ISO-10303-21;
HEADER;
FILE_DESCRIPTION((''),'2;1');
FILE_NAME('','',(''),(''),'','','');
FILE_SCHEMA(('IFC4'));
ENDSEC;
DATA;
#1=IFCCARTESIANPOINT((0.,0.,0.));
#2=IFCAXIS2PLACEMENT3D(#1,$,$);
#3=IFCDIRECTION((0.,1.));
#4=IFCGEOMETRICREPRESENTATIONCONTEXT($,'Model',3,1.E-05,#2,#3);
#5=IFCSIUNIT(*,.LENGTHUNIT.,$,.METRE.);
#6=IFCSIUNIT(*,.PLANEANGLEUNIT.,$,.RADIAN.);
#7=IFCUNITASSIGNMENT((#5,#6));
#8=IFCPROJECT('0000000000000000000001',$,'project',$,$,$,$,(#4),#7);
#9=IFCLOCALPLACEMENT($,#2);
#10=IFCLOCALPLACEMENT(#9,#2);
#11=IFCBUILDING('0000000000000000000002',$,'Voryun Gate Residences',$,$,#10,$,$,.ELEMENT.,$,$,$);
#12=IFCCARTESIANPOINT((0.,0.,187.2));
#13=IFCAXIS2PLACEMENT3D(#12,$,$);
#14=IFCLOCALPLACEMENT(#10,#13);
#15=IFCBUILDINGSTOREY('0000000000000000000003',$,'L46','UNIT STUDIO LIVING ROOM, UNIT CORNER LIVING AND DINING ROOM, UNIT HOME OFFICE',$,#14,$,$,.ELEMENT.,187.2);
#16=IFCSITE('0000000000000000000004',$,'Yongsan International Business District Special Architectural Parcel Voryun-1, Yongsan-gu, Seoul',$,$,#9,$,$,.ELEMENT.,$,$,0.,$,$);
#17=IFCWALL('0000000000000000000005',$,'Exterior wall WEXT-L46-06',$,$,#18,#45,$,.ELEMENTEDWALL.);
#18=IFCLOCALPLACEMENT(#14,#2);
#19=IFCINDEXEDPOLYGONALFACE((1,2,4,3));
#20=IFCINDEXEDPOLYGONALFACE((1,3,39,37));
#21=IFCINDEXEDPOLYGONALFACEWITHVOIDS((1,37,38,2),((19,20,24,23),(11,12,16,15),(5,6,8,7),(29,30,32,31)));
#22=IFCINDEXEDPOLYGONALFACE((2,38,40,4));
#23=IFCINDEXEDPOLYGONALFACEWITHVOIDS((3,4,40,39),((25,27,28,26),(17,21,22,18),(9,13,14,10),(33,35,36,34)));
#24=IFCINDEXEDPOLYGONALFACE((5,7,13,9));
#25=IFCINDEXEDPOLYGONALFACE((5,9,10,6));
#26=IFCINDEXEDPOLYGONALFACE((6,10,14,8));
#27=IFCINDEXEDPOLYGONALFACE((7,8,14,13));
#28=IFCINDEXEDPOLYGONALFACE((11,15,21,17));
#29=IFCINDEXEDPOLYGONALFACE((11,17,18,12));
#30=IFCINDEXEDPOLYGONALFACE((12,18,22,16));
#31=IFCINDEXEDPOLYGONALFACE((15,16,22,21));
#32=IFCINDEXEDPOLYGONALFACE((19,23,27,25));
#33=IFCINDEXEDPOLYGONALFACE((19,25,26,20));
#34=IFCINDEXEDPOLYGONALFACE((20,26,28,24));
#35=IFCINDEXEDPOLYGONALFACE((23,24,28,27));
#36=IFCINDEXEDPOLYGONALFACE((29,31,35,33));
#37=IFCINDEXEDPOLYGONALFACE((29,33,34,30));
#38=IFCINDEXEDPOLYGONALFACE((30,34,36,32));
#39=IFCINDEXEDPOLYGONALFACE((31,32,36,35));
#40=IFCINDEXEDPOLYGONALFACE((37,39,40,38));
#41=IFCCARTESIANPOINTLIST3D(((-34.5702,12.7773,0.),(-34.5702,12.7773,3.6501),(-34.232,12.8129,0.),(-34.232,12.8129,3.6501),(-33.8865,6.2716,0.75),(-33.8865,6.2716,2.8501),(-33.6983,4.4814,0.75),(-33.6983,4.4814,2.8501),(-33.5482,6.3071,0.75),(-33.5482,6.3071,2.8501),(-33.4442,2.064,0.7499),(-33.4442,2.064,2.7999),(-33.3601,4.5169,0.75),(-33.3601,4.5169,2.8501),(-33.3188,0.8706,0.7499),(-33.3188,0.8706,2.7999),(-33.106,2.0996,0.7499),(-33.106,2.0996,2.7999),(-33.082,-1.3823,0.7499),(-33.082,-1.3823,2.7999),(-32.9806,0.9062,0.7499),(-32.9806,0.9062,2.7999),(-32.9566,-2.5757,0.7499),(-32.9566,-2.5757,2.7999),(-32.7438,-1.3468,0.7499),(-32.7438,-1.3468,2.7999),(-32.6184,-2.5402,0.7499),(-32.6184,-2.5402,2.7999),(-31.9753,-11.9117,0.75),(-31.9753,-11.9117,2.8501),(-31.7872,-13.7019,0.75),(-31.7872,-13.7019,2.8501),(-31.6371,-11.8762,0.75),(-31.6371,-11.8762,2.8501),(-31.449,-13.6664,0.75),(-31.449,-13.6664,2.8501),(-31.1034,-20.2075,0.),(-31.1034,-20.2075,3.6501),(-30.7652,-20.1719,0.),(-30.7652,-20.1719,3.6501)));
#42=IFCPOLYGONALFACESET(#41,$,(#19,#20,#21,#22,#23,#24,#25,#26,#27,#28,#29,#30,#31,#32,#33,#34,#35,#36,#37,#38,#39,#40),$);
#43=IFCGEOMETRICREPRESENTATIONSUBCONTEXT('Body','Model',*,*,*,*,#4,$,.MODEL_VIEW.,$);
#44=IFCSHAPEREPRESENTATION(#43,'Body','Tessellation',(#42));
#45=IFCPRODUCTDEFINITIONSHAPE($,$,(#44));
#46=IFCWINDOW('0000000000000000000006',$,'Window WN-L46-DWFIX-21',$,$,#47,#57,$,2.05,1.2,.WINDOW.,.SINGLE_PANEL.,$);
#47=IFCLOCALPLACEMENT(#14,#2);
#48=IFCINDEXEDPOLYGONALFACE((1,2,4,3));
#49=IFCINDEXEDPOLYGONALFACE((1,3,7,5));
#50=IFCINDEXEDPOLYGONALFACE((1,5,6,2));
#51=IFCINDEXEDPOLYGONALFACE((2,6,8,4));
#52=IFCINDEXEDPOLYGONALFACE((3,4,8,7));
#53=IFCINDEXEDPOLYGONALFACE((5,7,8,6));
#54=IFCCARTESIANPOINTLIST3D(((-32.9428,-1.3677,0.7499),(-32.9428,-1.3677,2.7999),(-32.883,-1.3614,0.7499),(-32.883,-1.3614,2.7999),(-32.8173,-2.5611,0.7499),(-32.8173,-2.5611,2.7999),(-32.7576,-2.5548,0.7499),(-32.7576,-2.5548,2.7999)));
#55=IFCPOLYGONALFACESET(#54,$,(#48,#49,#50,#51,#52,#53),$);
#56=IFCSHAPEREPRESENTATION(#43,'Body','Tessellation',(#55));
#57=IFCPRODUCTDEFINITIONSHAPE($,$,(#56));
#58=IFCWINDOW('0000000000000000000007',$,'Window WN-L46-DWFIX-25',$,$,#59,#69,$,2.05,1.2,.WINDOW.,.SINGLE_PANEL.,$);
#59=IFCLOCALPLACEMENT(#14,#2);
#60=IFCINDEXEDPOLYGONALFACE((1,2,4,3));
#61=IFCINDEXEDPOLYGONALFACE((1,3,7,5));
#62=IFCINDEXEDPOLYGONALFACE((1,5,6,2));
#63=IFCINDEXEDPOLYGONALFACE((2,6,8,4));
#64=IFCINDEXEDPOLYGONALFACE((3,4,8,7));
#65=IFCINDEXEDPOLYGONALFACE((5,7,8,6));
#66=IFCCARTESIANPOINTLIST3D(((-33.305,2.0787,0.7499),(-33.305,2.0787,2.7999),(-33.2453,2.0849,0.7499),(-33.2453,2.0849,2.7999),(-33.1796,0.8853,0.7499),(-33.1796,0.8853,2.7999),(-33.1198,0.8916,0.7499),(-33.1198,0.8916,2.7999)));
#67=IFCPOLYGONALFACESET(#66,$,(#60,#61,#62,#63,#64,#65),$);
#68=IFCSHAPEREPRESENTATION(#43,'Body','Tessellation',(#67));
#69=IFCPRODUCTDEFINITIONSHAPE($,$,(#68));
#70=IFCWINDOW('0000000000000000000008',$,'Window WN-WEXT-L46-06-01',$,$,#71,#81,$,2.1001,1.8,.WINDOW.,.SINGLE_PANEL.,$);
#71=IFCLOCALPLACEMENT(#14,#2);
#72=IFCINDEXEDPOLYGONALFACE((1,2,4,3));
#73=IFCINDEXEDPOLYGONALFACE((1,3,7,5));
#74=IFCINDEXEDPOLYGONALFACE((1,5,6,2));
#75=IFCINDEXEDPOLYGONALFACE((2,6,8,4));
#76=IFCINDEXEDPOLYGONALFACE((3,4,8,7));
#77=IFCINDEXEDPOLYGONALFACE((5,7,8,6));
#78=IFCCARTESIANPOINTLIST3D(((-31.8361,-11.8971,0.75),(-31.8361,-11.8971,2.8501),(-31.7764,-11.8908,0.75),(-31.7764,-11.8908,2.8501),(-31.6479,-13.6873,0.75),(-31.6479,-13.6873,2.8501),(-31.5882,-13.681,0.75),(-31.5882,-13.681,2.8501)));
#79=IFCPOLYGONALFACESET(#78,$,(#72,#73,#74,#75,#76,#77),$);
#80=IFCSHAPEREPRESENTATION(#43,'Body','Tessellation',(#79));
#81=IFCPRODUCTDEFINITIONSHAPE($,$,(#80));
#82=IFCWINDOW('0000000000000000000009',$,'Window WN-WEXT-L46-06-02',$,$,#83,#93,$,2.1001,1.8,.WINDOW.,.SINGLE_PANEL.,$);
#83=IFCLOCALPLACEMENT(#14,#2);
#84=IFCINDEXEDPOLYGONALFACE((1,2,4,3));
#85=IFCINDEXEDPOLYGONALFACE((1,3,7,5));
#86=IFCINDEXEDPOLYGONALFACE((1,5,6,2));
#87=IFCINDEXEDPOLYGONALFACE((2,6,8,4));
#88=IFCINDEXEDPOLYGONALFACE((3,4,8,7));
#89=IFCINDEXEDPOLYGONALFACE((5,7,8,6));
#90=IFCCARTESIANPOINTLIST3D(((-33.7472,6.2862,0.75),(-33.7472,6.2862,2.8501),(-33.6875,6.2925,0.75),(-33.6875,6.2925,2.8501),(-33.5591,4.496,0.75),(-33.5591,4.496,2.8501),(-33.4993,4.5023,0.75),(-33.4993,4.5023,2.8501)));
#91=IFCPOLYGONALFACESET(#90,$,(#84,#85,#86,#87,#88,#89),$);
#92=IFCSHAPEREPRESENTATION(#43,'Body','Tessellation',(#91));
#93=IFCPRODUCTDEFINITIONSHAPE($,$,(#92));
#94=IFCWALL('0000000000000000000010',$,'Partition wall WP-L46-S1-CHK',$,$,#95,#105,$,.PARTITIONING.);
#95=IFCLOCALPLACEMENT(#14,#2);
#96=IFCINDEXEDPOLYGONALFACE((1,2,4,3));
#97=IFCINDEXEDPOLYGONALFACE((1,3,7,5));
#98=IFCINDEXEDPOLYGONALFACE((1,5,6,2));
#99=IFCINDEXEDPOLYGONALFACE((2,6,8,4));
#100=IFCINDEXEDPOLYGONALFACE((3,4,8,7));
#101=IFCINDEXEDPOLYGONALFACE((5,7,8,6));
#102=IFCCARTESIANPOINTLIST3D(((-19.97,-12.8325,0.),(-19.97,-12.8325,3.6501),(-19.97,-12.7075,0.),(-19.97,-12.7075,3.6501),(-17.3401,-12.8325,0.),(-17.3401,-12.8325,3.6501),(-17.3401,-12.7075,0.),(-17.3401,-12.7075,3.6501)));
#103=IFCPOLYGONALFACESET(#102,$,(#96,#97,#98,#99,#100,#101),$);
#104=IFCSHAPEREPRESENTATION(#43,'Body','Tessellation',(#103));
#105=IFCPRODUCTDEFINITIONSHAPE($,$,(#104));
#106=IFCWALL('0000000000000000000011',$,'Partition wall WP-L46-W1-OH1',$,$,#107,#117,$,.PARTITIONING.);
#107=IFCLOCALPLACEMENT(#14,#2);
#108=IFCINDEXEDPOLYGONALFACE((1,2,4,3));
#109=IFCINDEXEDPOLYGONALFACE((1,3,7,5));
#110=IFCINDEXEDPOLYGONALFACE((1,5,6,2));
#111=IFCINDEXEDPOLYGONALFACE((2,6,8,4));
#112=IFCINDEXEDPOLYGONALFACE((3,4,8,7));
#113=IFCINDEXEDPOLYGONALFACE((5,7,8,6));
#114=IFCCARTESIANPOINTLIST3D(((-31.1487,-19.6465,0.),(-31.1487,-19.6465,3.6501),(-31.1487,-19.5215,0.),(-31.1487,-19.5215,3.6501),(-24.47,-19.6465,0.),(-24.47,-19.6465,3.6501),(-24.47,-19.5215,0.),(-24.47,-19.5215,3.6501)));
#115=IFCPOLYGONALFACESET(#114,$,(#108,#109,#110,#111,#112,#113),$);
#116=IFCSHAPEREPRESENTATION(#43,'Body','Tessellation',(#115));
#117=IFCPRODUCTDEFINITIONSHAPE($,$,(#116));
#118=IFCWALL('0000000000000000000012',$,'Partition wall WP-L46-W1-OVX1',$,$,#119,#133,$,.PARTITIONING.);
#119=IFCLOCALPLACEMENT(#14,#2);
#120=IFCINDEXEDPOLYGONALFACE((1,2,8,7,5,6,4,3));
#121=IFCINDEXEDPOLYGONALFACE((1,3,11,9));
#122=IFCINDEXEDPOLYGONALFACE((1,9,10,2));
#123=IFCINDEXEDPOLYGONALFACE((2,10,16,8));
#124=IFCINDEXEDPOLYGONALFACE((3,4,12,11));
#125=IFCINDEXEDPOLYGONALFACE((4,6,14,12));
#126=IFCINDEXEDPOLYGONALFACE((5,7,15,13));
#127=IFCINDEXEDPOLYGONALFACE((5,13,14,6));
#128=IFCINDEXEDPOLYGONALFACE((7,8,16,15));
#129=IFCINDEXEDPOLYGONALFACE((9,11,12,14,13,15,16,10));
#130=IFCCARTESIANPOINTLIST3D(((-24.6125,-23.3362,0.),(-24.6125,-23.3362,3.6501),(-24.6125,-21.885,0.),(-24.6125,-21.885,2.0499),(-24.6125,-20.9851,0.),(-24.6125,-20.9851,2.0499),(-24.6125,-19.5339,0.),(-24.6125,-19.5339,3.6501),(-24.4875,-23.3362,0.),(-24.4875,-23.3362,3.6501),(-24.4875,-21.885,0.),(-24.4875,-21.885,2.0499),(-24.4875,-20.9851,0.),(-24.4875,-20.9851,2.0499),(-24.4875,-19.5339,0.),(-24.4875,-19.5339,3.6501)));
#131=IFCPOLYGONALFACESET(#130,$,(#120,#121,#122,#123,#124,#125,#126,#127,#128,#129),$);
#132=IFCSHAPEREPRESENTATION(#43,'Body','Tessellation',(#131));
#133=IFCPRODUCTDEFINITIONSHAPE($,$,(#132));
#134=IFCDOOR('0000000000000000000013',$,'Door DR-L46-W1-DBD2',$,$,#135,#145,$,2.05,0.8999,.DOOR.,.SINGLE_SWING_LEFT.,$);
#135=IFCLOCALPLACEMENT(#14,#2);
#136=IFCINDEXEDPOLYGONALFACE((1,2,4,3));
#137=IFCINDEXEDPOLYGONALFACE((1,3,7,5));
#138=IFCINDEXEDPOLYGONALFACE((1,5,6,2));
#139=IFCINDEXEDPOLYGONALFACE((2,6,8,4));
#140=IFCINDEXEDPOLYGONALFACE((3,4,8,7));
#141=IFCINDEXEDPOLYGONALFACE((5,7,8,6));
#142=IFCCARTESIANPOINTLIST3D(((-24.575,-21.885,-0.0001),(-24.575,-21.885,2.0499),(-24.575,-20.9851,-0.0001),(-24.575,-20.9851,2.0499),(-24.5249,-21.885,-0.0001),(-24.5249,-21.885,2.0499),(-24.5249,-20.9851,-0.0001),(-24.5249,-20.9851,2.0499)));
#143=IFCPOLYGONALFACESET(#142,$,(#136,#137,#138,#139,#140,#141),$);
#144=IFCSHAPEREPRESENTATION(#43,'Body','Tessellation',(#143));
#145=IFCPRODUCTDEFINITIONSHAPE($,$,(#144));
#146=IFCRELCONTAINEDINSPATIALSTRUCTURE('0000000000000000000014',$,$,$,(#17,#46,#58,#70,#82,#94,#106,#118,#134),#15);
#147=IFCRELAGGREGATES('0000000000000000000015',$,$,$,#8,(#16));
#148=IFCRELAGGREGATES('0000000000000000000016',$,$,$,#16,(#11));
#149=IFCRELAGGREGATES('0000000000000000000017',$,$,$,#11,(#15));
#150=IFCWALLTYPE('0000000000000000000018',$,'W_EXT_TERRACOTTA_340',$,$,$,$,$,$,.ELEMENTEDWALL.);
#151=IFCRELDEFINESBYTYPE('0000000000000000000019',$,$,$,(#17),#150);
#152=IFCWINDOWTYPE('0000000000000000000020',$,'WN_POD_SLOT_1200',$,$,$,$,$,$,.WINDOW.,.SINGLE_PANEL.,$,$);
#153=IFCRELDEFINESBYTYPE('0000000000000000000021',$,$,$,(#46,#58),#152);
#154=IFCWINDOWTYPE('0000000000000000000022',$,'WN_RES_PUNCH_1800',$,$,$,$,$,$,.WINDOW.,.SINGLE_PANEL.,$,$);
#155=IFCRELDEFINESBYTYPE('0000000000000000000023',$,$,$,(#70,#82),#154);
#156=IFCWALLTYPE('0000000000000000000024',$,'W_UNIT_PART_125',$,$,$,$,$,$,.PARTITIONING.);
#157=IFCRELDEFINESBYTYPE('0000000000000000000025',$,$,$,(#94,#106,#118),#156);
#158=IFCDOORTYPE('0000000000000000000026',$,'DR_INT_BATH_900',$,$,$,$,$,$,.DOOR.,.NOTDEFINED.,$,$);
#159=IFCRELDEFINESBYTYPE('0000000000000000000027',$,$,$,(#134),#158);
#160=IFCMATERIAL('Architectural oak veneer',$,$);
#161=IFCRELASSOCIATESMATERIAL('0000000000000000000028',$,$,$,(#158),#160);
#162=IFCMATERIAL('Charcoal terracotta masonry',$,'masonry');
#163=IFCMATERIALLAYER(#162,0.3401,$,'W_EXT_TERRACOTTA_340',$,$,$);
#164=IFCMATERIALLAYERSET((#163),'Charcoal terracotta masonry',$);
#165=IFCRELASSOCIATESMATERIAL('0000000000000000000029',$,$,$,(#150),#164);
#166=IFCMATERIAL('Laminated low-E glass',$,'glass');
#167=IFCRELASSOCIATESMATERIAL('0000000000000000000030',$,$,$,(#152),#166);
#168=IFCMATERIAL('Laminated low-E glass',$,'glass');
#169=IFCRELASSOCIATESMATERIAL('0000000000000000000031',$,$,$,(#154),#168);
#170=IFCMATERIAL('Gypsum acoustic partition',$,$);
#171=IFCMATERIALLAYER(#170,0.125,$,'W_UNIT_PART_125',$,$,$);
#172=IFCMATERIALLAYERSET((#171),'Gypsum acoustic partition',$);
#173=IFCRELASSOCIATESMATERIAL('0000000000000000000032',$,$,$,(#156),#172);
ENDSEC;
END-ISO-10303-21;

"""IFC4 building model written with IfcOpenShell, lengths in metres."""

from ifc_helpers import new_model, si_unit, direction, frame, frame_2d, origin, place, context, subcontext, project, spatial, rectangle, extrude, material, layer, layer_set, type_object, element, fill, save


model = new_model("IFC4")

# Units and contexts
model_context = context("Model", 3, precision=1e-05, world=origin(), true_north=direction((0.0, 1.0)))
body_context = subcontext(model_context, "Body", "Model", "MODEL_VIEW")
ifc_project = project(units=[si_unit("LENGTHUNIT", "METRE"), si_unit("PLANEANGLEUNIT", "RADIAN")], contexts=[model_context])

# Site, building, storey
site_placement = place(None, origin())
site = spatial("IfcSite", under=ifc_project, at=site_placement, Name="Yongsan International Business District Special Architectural Parcel Voryun-1, Yongsan-gu, Seoul", CompositionType="ELEMENT", RefElevation=0.0)
building_placement = place(site_placement, origin())
building = spatial("IfcBuilding", under=site, at=building_placement, Name="Voryun Gate Residences", CompositionType="ELEMENT")
storey_placement = place(building_placement, frame((0.0, 0.0, 187.2)))
storey = spatial("IfcBuildingStorey", under=building, at=storey_placement, Name="L46", Description="UNIT STUDIO LIVING ROOM, UNIT CORNER LIVING AND DINING ROOM, UNIT HOME OFFICE", CompositionType="ELEMENT", Elevation=187.2)

# Shared definitions
ifc_material_1 = material(Name="Architectural oak veneer")
door_type_1 = type_object("IfcDoorType", Name="DR_INT_BATH_900", OperationType="NOTDEFINED", PredefinedType="DOOR", material=ifc_material_1)

# Shared definitions
ifc_material_2 = material(Name="Charcoal terracotta masonry", Category="masonry")
ifc_layer_1 = layer(ifc_material_2, 0.3401, Name="W_EXT_TERRACOTTA_340")
ifc_layer_set_1 = layer_set([ifc_layer_1], Name="Charcoal terracotta masonry")
wall_type_1 = type_object("IfcWallType", Name="W_EXT_TERRACOTTA_340", PredefinedType="ELEMENTEDWALL", material=ifc_layer_set_1)

# Wall, openings, windows
wall_1_placement = place(storey_placement, frame((-30.9343, -20.1897, 0.0), z_axis=(0.0, 0.0, 1.0), x_axis=(-0.104527, 0.994522, 0.0)))
wall_1 = element("IfcWall", 1, at=wall_1_placement, inside=storey, type_object=wall_type_1, Name="Exterior wall WEXT-L46-06", PredefinedType="ELEMENTEDWALL", context=body_context, shape_type="SweptSolid", body=[
    extrude(rectangle(XDim=33.1665, YDim=0.3401, at=frame_2d((16.5833, 0.0))), origin(), (0.0, 0.0, 1.0), 3.6501),
])
opening_1_placement = place(wall_1_placement, frame((6.5415, 0.0, 0.75)))
opening_1 = element("IfcOpeningElement", 2, at=opening_1_placement, cuts=wall_1, PredefinedType="OPENING", context=body_context, shape_type="SweptSolid", body=[
    extrude(rectangle(XDim=1.8, YDim=2.1001, at=frame_2d((0.8999, 1.05))), frame((0.0, 0.1799, 0.0), z_axis=(0.0, -1.0, 0.0), x_axis=(1.0, 0.0, 0.0)), (0.0, 0.0, 1.0), 0.3601),
])
opening_2_placement = place(wall_1_placement, frame((24.825, 0.0, 0.75)))
opening_2 = element("IfcOpeningElement", 3, at=opening_2_placement, cuts=wall_1, PredefinedType="OPENING", context=body_context, shape_type="SweptSolid", body=[
    extrude(rectangle(XDim=1.8, YDim=2.1001, at=frame_2d((0.8999, 1.05))), frame((0.0, 0.1799, 0.0), z_axis=(0.0, -1.0, 0.0), x_axis=(1.0, 0.0, 0.0)), (0.0, 0.0, 1.0), 0.3601),
])
opening_3_placement = place(wall_1_placement, frame((17.7288, 0.0, 0.75)))
opening_3 = element("IfcOpeningElement", 4, at=opening_3_placement, cuts=wall_1, PredefinedType="OPENING", context=body_context, shape_type="SweptSolid", body=[
    extrude(rectangle(XDim=1.2, YDim=2.05, at=frame_2d((0.6001, 1.0249))), frame((0.0, 0.1799, 0.0), z_axis=(0.0, -1.0, 0.0), x_axis=(1.0, 0.0, 0.0)), (0.0, 0.0, 1.0), 0.3601),
])
opening_4_placement = place(wall_1_placement, frame((21.1941, 0.0, 0.75)))
opening_4 = element("IfcOpeningElement", 5, at=opening_4_placement, cuts=wall_1, PredefinedType="OPENING", context=body_context, shape_type="SweptSolid", body=[
    extrude(rectangle(XDim=1.2, YDim=2.05, at=frame_2d((0.6001, 1.0249))), frame((0.0, 0.1799, 0.0), z_axis=(0.0, -1.0, 0.0), x_axis=(1.0, 0.0, 0.0)), (0.0, 0.0, 1.0), 0.3601),
])
ifc_material_3 = material(Name="Laminated low-E glass", Category="glass")
window_type_1 = type_object("IfcWindowType", Name="WN_POD_SLOT_1200", PartitioningType="SINGLE_PANEL", PredefinedType="WINDOW", material=ifc_material_3)
window_1_placement = place(opening_3_placement, origin())
window_1 = element("IfcWindow", 6, at=window_1_placement, inside=storey, type_object=window_type_1, Name="Window WN-L46-DWFIX-21", OverallHeight=2.05, OverallWidth=1.2, PartitioningType="SINGLE_PANEL", PredefinedType="WINDOW", context=body_context, shape_type="SweptSolid", body=[
    extrude(rectangle(XDim=1.2, YDim=2.05, at=frame_2d((0.6001, 1.0249))), frame((0.0, 0.03, 0.0), z_axis=(0.0, -1.0, 0.0), x_axis=(1.0, 0.0, 0.0)), (0.0, 0.0, 1.0), 0.0601),
])
fill(opening_3, window_1)
window_2_placement = place(opening_4_placement, origin())
window_2 = element("IfcWindow", 7, at=window_2_placement, inside=storey, type_object=window_type_1, Name="Window WN-L46-DWFIX-25", OverallHeight=2.05, OverallWidth=1.2, PartitioningType="SINGLE_PANEL", PredefinedType="WINDOW", context=body_context, shape_type="SweptSolid", body=[
    extrude(rectangle(XDim=1.2, YDim=2.05, at=frame_2d((0.6001, 1.0249))), frame((0.0, 0.03, 0.0), z_axis=(0.0, -1.0, 0.0), x_axis=(1.0, 0.0, 0.0)), (0.0, 0.0, 1.0), 0.0601),
])
fill(opening_4, window_2)
ifc_material_4 = material(Name="Laminated low-E glass", Category="glass")
window_type_2 = type_object("IfcWindowType", Name="WN_RES_PUNCH_1800", PartitioningType="SINGLE_PANEL", PredefinedType="WINDOW", material=ifc_material_4)
window_3_placement = place(opening_1_placement, origin())
window_3 = element("IfcWindow", 8, at=window_3_placement, inside=storey, type_object=window_type_2, Name="Window WN-WEXT-L46-06-01", OverallHeight=2.1001, OverallWidth=1.8, PartitioningType="SINGLE_PANEL", PredefinedType="WINDOW", context=body_context, shape_type="SweptSolid", body=[
    extrude(rectangle(XDim=1.8, YDim=2.1001, at=frame_2d((0.8999, 1.05))), frame((0.0, 0.03, 0.0), z_axis=(0.0, -1.0, 0.0), x_axis=(1.0, 0.0, 0.0)), (0.0, 0.0, 1.0), 0.0601),
])
fill(opening_1, window_3)
window_4_placement = place(opening_2_placement, origin())
window_4 = element("IfcWindow", 9, at=window_4_placement, inside=storey, type_object=window_type_2, Name="Window WN-WEXT-L46-06-02", OverallHeight=2.1001, OverallWidth=1.8, PartitioningType="SINGLE_PANEL", PredefinedType="WINDOW", context=body_context, shape_type="SweptSolid", body=[
    extrude(rectangle(XDim=1.8, YDim=2.1001, at=frame_2d((0.8999, 1.05))), frame((0.0, 0.03, 0.0), z_axis=(0.0, -1.0, 0.0), x_axis=(1.0, 0.0, 0.0)), (0.0, 0.0, 1.0), 0.0601),
])
fill(opening_2, window_4)

# Walls
ifc_material_5 = material(Name="Gypsum acoustic partition")
ifc_layer_2 = layer(ifc_material_5, 0.125, Name="W_UNIT_PART_125")
ifc_layer_set_2 = layer_set([ifc_layer_2], Name="Gypsum acoustic partition")
wall_type_2 = type_object("IfcWallType", Name="W_UNIT_PART_125", PredefinedType="PARTITIONING", material=ifc_layer_set_2)
wall_2_placement = place(storey_placement, frame((-19.97, -12.77, 0.0), z_axis=(0.0, 0.0, 1.0), x_axis=(1.0, 0.0, 0.0)))
element("IfcWall", 10, at=wall_2_placement, inside=storey, type_object=wall_type_2, Name="Partition wall WP-L46-S1-CHK", PredefinedType="PARTITIONING", context=body_context, shape_type="SweptSolid", body=[
    extrude(rectangle(XDim=2.6299, YDim=0.125, at=frame_2d((1.3149, 0.0))), origin(), (0.0, 0.0, 1.0), 3.6501),
])
wall_3_placement = place(storey_placement, frame((-31.1487, -19.584, 0.0), z_axis=(0.0, 0.0, 1.0), x_axis=(1.0, 0.0, 0.0)))
element("IfcWall", 11, at=wall_3_placement, inside=storey, type_object=wall_type_2, Name="Partition wall WP-L46-W1-OH1", PredefinedType="PARTITIONING", context=body_context, shape_type="SweptSolid", body=[
    extrude(rectangle(XDim=6.6787, YDim=0.125, at=frame_2d((3.3394, 0.0))), origin(), (0.0, 0.0, 1.0), 3.6501),
])

# Wall, opening, door
wall_4_placement = place(storey_placement, frame((-24.55, -23.3362, 0.0), z_axis=(0.0, 0.0, 1.0), x_axis=(0.0, 1.0, 0.0)))
wall_4 = element("IfcWall", 12, at=wall_4_placement, inside=storey, type_object=wall_type_2, Name="Partition wall WP-L46-W1-OVX1", PredefinedType="PARTITIONING", context=body_context, shape_type="SweptSolid", body=[
    extrude(rectangle(XDim=3.8022, YDim=0.125, at=frame_2d((1.9011, 0.0))), origin(), (0.0, 0.0, 1.0), 3.6501),
])
opening_5_placement = place(wall_4_placement, frame((1.4512, 0.0, 0.0)))
opening_5 = element("IfcOpeningElement", 13, at=opening_5_placement, cuts=wall_4, PredefinedType="OPENING", context=body_context, shape_type="SweptSolid", body=[
    extrude(rectangle(XDim=0.8999, YDim=2.05, at=frame_2d((0.45, 1.0249))), frame((0.0, 0.0725, 0.0), z_axis=(0.0, -1.0, 0.0), x_axis=(1.0, 0.0, 0.0)), (0.0, 0.0, 1.0), 0.145),
])
door_1_placement = place(opening_5_placement, origin())
door_1 = element("IfcDoor", 14, at=door_1_placement, inside=storey, type_object=door_type_1, Name="Door DR-L46-W1-DBD2", OperationType="SINGLE_SWING_LEFT", OverallHeight=2.05, OverallWidth=0.8999, PredefinedType="DOOR", context=body_context, shape_type="SweptSolid", body=[
    extrude(rectangle(XDim=0.8999, YDim=2.05, at=frame_2d((0.45, 1.0249))), frame((0.0, 0.0249, 0.0), z_axis=(0.0, -1.0, 0.0), x_axis=(1.0, 0.0, 0.0)), (0.0, 0.0, 1.0), 0.05),
])
fill(opening_5, door_1)

save(model, "model.ifc")
